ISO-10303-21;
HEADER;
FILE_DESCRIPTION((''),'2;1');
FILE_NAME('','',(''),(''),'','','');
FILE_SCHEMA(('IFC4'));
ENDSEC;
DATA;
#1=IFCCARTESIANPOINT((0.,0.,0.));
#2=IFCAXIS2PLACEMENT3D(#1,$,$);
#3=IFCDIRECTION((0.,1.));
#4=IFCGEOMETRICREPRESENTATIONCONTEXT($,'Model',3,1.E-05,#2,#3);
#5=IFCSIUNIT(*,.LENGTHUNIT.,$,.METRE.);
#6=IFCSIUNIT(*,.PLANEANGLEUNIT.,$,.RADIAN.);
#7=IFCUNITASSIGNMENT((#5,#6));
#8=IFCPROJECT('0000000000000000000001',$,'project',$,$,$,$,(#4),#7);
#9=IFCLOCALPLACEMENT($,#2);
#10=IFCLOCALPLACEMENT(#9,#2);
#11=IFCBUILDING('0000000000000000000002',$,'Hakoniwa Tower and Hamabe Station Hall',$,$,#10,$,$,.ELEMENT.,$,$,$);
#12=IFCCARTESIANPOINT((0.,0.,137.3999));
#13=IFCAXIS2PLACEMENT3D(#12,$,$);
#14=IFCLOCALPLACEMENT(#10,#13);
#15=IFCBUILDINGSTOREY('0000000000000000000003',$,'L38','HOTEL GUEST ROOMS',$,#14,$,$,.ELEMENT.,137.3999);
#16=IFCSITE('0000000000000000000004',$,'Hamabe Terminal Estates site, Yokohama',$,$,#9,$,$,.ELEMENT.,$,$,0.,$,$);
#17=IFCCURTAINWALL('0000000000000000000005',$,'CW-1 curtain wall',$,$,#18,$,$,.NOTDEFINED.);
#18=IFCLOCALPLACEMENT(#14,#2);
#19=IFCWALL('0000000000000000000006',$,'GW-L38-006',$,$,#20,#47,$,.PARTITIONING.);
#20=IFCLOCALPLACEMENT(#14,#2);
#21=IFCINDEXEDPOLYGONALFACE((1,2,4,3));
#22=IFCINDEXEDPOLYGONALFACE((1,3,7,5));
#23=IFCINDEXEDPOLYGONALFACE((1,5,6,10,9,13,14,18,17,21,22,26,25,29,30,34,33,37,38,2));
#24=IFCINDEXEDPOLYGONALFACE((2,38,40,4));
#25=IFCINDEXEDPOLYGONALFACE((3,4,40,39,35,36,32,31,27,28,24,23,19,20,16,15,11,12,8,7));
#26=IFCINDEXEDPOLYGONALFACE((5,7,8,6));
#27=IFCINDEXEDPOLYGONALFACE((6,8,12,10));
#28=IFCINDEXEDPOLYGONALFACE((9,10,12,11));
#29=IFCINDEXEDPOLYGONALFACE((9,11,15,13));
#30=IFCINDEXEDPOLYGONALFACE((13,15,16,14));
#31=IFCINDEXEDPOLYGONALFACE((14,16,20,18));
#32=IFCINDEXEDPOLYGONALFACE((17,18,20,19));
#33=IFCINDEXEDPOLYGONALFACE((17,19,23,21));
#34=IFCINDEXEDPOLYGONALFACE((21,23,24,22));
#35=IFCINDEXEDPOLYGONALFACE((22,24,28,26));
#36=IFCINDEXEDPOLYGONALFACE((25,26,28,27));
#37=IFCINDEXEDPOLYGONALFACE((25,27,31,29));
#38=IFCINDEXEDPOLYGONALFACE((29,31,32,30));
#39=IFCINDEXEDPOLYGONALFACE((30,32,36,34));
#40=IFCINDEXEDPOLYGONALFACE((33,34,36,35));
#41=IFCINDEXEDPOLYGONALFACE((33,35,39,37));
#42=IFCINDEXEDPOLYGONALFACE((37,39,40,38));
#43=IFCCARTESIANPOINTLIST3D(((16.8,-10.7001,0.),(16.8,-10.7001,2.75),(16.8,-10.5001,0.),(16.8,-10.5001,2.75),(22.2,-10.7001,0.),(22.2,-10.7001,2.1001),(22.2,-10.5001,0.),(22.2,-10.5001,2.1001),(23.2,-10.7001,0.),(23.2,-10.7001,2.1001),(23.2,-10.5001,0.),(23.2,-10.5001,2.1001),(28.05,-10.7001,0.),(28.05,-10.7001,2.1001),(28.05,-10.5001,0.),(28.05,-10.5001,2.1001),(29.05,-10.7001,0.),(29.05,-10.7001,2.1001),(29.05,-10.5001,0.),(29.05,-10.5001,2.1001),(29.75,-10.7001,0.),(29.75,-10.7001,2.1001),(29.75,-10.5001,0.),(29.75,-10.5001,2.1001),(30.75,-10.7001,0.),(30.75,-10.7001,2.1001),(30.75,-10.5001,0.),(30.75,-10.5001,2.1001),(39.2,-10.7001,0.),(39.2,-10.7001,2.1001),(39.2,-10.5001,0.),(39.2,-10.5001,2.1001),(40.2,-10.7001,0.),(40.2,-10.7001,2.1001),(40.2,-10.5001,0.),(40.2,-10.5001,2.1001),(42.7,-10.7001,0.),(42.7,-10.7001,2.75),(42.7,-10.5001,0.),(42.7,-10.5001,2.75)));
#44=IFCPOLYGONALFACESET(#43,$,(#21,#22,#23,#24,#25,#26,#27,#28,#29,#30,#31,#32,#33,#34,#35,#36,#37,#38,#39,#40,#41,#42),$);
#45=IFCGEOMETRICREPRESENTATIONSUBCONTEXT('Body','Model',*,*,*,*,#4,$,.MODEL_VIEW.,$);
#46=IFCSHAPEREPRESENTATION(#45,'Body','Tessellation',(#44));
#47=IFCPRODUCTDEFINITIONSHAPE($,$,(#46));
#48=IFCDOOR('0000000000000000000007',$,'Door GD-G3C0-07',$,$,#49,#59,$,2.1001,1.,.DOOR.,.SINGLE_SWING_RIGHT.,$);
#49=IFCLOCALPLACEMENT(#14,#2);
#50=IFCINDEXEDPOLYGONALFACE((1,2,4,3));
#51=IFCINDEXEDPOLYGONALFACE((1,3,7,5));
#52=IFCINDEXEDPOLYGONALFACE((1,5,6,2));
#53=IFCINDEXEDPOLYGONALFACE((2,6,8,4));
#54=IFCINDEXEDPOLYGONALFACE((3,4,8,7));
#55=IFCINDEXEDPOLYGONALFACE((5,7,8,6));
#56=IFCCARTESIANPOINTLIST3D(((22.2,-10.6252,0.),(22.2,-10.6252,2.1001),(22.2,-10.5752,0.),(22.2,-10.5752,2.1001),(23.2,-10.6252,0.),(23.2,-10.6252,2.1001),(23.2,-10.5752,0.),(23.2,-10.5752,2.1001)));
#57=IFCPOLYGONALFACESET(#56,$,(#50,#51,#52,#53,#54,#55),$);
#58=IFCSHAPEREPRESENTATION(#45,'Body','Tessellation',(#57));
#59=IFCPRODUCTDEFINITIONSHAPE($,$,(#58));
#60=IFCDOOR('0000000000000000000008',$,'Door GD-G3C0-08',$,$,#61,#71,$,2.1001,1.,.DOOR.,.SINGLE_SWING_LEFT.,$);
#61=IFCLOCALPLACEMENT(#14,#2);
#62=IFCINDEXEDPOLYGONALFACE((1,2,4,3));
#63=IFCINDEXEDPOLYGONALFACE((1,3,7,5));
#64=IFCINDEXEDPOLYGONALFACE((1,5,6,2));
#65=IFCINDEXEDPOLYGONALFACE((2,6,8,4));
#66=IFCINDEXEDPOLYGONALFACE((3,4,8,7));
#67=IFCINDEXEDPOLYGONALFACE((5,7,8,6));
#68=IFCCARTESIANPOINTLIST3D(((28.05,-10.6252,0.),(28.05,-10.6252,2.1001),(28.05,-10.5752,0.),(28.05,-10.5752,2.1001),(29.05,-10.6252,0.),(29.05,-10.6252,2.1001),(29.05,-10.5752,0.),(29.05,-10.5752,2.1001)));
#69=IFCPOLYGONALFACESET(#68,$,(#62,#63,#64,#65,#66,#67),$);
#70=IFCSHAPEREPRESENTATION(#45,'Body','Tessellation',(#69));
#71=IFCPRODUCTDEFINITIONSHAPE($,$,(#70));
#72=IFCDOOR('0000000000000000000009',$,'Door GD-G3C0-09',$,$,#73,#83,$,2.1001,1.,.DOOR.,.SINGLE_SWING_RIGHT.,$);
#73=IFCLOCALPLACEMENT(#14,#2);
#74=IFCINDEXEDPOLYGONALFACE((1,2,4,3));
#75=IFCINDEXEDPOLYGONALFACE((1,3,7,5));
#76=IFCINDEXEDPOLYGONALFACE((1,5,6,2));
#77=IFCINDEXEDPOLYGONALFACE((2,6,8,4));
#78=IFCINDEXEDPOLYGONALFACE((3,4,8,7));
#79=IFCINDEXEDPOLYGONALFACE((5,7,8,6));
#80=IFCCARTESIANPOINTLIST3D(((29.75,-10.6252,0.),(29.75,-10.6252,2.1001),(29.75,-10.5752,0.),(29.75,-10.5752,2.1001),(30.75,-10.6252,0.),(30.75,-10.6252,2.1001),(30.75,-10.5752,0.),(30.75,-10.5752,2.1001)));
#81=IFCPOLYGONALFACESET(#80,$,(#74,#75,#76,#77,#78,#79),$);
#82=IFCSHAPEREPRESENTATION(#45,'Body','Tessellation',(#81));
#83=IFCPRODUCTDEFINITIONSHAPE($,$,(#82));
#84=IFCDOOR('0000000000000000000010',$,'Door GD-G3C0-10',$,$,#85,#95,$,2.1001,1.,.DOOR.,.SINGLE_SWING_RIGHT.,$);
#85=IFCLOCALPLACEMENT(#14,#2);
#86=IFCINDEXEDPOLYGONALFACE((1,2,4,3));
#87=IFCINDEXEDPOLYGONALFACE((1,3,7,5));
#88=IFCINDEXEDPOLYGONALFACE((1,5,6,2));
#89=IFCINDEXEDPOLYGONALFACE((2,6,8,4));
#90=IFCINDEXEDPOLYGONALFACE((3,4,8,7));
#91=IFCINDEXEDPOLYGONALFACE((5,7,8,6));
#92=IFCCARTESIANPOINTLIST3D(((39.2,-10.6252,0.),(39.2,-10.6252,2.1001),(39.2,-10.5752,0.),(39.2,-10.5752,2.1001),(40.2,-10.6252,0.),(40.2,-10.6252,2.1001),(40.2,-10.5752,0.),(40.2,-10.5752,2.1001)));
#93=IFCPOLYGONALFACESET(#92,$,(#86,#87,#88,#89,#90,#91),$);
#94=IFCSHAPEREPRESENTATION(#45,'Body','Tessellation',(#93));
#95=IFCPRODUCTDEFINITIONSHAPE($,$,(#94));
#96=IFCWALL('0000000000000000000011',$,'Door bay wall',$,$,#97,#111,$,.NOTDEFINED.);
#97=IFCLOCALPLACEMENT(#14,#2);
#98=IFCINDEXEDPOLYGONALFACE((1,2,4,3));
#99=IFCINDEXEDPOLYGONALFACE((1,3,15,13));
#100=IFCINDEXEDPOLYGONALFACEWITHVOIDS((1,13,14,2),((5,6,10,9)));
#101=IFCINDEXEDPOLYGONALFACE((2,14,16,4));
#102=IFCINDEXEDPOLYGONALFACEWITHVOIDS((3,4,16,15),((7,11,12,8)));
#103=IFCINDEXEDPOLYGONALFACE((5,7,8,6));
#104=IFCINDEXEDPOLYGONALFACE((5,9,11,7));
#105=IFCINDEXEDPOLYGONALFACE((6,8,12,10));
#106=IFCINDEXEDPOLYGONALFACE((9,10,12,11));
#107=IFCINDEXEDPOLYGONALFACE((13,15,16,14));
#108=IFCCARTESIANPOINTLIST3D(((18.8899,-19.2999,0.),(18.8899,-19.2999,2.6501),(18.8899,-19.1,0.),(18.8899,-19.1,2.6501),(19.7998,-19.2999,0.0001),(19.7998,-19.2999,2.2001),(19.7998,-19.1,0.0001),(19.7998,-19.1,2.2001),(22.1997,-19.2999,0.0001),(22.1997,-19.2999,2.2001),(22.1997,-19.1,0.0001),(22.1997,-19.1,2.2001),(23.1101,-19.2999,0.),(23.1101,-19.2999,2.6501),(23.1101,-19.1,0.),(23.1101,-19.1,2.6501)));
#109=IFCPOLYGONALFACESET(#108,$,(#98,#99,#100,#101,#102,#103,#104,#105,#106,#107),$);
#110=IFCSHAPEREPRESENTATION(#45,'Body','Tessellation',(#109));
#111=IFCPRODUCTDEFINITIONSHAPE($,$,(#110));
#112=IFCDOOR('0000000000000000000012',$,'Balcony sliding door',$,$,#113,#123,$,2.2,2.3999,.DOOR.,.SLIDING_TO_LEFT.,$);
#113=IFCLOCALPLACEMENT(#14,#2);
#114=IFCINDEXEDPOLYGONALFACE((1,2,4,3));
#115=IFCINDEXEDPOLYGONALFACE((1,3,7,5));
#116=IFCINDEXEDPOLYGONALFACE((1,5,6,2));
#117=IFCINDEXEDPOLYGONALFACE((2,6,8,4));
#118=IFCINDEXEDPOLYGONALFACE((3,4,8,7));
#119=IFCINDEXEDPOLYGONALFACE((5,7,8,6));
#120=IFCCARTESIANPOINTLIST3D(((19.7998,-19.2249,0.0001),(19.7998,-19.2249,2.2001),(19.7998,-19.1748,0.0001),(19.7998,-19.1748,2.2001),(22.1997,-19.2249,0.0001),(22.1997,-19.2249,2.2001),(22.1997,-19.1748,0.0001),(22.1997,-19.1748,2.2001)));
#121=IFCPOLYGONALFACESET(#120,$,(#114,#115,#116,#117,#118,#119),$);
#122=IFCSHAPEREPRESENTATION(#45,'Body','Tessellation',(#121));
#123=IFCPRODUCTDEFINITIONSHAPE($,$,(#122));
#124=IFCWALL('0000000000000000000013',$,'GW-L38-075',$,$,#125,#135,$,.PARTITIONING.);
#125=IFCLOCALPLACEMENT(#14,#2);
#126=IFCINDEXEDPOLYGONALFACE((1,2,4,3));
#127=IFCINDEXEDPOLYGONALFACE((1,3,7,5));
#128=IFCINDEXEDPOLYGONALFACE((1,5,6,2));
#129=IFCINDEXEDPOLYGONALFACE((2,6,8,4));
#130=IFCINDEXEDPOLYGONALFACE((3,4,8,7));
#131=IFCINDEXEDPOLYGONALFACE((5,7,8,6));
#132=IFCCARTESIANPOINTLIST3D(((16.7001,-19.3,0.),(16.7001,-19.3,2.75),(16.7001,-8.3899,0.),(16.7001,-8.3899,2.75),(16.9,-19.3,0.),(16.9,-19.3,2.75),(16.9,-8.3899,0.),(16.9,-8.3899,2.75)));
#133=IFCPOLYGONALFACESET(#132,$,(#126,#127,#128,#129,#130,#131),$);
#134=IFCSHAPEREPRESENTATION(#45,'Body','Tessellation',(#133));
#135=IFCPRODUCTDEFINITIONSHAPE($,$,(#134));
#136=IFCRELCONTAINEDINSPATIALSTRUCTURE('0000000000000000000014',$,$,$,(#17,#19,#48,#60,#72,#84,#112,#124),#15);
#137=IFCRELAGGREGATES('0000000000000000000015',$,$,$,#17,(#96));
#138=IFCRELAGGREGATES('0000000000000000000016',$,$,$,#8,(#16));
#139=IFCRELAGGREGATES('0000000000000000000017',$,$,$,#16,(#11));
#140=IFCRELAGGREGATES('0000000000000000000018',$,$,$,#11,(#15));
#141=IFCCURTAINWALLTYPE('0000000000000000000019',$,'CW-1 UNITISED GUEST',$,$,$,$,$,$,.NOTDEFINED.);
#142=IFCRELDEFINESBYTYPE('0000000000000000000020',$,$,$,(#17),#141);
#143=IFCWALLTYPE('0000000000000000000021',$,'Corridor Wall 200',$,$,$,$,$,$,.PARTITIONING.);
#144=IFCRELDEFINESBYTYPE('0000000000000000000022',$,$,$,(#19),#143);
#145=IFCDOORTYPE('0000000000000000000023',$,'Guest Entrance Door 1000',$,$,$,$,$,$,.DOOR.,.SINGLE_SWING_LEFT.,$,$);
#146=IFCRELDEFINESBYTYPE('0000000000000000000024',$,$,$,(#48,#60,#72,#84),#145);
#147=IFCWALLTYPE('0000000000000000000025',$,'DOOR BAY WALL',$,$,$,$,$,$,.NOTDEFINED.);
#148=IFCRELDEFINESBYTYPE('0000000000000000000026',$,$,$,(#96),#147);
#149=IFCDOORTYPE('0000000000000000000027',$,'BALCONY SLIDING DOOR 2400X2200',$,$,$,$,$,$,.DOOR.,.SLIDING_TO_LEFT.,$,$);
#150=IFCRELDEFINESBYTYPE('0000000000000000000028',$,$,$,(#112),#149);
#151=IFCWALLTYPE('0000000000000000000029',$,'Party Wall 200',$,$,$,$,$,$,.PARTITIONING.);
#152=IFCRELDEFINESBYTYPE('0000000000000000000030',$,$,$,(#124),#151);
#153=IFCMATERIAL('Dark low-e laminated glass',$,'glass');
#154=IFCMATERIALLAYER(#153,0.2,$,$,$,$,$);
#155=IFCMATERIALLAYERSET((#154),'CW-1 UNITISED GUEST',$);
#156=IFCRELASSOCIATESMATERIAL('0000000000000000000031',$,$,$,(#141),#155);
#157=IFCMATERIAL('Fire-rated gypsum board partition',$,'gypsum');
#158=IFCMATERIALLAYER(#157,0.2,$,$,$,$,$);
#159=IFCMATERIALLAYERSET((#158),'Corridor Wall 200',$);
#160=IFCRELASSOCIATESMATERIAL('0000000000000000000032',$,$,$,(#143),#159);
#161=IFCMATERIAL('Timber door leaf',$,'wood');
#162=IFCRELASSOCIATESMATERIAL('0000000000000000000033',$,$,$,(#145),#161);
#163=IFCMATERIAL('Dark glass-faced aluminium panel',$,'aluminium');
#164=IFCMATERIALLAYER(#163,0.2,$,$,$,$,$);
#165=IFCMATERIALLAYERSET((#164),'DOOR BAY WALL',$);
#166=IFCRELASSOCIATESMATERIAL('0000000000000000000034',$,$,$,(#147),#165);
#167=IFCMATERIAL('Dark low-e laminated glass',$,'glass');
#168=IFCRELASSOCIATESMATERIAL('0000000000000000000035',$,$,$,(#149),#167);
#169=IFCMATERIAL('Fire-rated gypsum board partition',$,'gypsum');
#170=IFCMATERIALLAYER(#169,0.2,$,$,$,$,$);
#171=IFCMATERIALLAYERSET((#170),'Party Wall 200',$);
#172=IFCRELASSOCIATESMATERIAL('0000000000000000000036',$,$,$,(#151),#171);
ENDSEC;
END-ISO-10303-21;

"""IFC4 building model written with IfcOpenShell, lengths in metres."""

from ifc_helpers import new_model, si_unit, direction, frame, frame_2d, origin, place, context, subcontext, project, spatial, rectangle, extrude, material, layer, layer_set, type_object, element, fill, aggregate, save


model = new_model("IFC4")

# Units and contexts
model_context = context("Model", 3, precision=1e-05, world=origin(), true_north=direction((0.0, 1.0)))
body_context = subcontext(model_context, "Body", "Model", "MODEL_VIEW")
ifc_project = project(units=[si_unit("LENGTHUNIT", "METRE"), si_unit("PLANEANGLEUNIT", "RADIAN")], contexts=[model_context])

# Site, building, storey
site_placement = place(None, origin())
site = spatial("IfcSite", under=ifc_project, at=site_placement, Name="Hamabe Terminal Estates site, Yokohama", CompositionType="ELEMENT", RefElevation=0.0)
building_placement = place(site_placement, origin())
building = spatial("IfcBuilding", under=site, at=building_placement, Name="Hakoniwa Tower and Hamabe Station Hall", CompositionType="ELEMENT")
storey_placement = place(building_placement, frame((0.0, 0.0, 137.3999)))
storey = spatial("IfcBuildingStorey", under=building, at=storey_placement, Name="L38", Description="HOTEL GUEST ROOMS", CompositionType="ELEMENT", Elevation=137.3999)

# Curtain wall
ifc_material_1 = material(Name="Dark low-e laminated glass", Category="glass")
ifc_layer_1 = layer(ifc_material_1, 0.2)
ifc_layer_set_1 = layer_set([ifc_layer_1], Name="CW-1 UNITISED GUEST")
curtain_wall_type = type_object("IfcCurtainWallType", Name="CW-1 UNITISED GUEST", PredefinedType="NOTDEFINED", material=ifc_layer_set_1)
curtain_wall_placement = place(storey_placement, origin())
curtain_wall = element("IfcCurtainWall", 1, at=curtain_wall_placement, inside=storey, type_object=curtain_wall_type, Name="CW-1 curtain wall", PredefinedType="NOTDEFINED")

# Wall, openings, doors
ifc_material_2 = material(Name="Fire-rated gypsum board partition", Category="gypsum")
ifc_layer_2 = layer(ifc_material_2, 0.2)
ifc_layer_set_2 = layer_set([ifc_layer_2], Name="Corridor Wall 200")
wall_type_1 = type_object("IfcWallType", Name="Corridor Wall 200", PredefinedType="PARTITIONING", material=ifc_layer_set_2)
wall_1_placement = place(storey_placement, frame((16.8, -10.6001, 0.0), z_axis=(0.0, 0.0, 1.0), x_axis=(1.0, 0.0, 0.0)))
wall_1 = element("IfcWall", 2, at=wall_1_placement, inside=storey, type_object=wall_type_1, Name="GW-L38-006", PredefinedType="PARTITIONING", context=body_context, shape_type="SweptSolid", body=[
    extrude(rectangle(XDim=25.8999, YDim=0.2, at=frame_2d((12.95, 0.0))), origin(), (0.0, 0.0, 1.0), 2.75),
])
opening_1_placement = place(wall_1_placement, frame((5.3999, 0.0, 0.0)))
opening_1 = element("IfcOpeningElement", 3, at=opening_1_placement, cuts=wall_1, PredefinedType="OPENING", context=body_context, shape_type="SweptSolid", body=[
    extrude(rectangle(XDim=1.0, YDim=2.1001, at=frame_2d((0.5, 1.05))), frame((0.0, 0.1099, 0.0), z_axis=(0.0, -1.0, 0.0), x_axis=(1.0, 0.0, 0.0)), (0.0, 0.0, 1.0), 0.22),
])
opening_2_placement = place(wall_1_placement, frame((11.25, 0.0, 0.0)))
opening_2 = element("IfcOpeningElement", 4, at=opening_2_placement, cuts=wall_1, PredefinedType="OPENING", context=body_context, shape_type="SweptSolid", body=[
    extrude(rectangle(XDim=1.0, YDim=2.1001, at=frame_2d((0.5, 1.05))), frame((0.0, 0.1099, 0.0), z_axis=(0.0, -1.0, 0.0), x_axis=(1.0, 0.0, 0.0)), (0.0, 0.0, 1.0), 0.22),
])
opening_3_placement = place(wall_1_placement, frame((12.95, 0.0, 0.0)))
opening_3 = element("IfcOpeningElement", 5, at=opening_3_placement, cuts=wall_1, PredefinedType="OPENING", context=body_context, shape_type="SweptSolid", body=[
    extrude(rectangle(XDim=1.0, YDim=2.1001, at=frame_2d((0.5, 1.05))), frame((0.0, 0.1099, 0.0), z_axis=(0.0, -1.0, 0.0), x_axis=(1.0, 0.0, 0.0)), (0.0, 0.0, 1.0), 0.22),
])
opening_4_placement = place(wall_1_placement, frame((22.3999, 0.0, 0.0)))
opening_4 = element("IfcOpeningElement", 6, at=opening_4_placement, cuts=wall_1, PredefinedType="OPENING", context=body_context, shape_type="SweptSolid", body=[
    extrude(rectangle(XDim=1.0, YDim=2.1001, at=frame_2d((0.5, 1.05))), frame((0.0, 0.1099, 0.0), z_axis=(0.0, -1.0, 0.0), x_axis=(1.0, 0.0, 0.0)), (0.0, 0.0, 1.0), 0.22),
])
ifc_material_3 = material(Name="Timber door leaf", Category="wood")
door_type_1 = type_object("IfcDoorType", Name="Guest Entrance Door 1000", OperationType="SINGLE_SWING_LEFT", PredefinedType="DOOR", material=ifc_material_3)
door_1_placement = place(opening_1_placement, origin())
door_1 = element("IfcDoor", 7, at=door_1_placement, inside=storey, type_object=door_type_1, Name="Door GD-G3C0-07", OperationType="SINGLE_SWING_RIGHT", OverallHeight=2.1001, OverallWidth=1.0, PredefinedType="DOOR", context=body_context, shape_type="SweptSolid", body=[
    extrude(rectangle(XDim=1.0, YDim=2.1001, at=frame_2d((0.5, 1.05))), frame((0.0, 0.0249, 0.0), z_axis=(0.0, -1.0, 0.0), x_axis=(1.0, 0.0, 0.0)), (0.0, 0.0, 1.0), 0.05),
])
fill(opening_1, door_1)
door_2_placement = place(opening_2_placement, origin())
door_2 = element("IfcDoor", 8, at=door_2_placement, inside=storey, type_object=door_type_1, Name="Door GD-G3C0-08", OperationType="SINGLE_SWING_LEFT", OverallHeight=2.1001, OverallWidth=1.0, PredefinedType="DOOR", context=body_context, shape_type="SweptSolid", body=[
    extrude(rectangle(XDim=1.0, YDim=2.1001, at=frame_2d((0.5, 1.05))), frame((0.0, 0.0249, 0.0), z_axis=(0.0, -1.0, 0.0), x_axis=(1.0, 0.0, 0.0)), (0.0, 0.0, 1.0), 0.05),
])
fill(opening_2, door_2)
door_3_placement = place(opening_3_placement, origin())
door_3 = element("IfcDoor", 9, at=door_3_placement, inside=storey, type_object=door_type_1, Name="Door GD-G3C0-09", OperationType="SINGLE_SWING_RIGHT", OverallHeight=2.1001, OverallWidth=1.0, PredefinedType="DOOR", context=body_context, shape_type="SweptSolid", body=[
    extrude(rectangle(XDim=1.0, YDim=2.1001, at=frame_2d((0.5, 1.05))), frame((0.0, 0.0249, 0.0), z_axis=(0.0, -1.0, 0.0), x_axis=(1.0, 0.0, 0.0)), (0.0, 0.0, 1.0), 0.05),
])
fill(opening_3, door_3)
door_4_placement = place(opening_4_placement, origin())
door_4 = element("IfcDoor", 10, at=door_4_placement, inside=storey, type_object=door_type_1, Name="Door GD-G3C0-10", OperationType="SINGLE_SWING_RIGHT", OverallHeight=2.1001, OverallWidth=1.0, PredefinedType="DOOR", context=body_context, shape_type="SweptSolid", body=[
    extrude(rectangle(XDim=1.0, YDim=2.1001, at=frame_2d((0.5, 1.05))), frame((0.0, 0.0249, 0.0), z_axis=(0.0, -1.0, 0.0), x_axis=(1.0, 0.0, 0.0)), (0.0, 0.0, 1.0), 0.05),
])
fill(opening_4, door_4)

# Wall, opening, door
ifc_material_4 = material(Name="Dark glass-faced aluminium panel", Category="aluminium")
ifc_layer_3 = layer(ifc_material_4, 0.2)
ifc_layer_set_3 = layer_set([ifc_layer_3], Name="DOOR BAY WALL")
wall_type_2 = type_object("IfcWallType", Name="DOOR BAY WALL", PredefinedType="NOTDEFINED", material=ifc_layer_set_3)
wall_2_placement = place(storey_placement, frame((18.8899, -19.2, 0.0), z_axis=(0.0, 0.0, 1.0), x_axis=(1.0, 0.0, 0.0)))
wall_2 = element("IfcWall", 11, at=wall_2_placement, type_object=wall_type_2, Name="Door bay wall", PredefinedType="NOTDEFINED", context=body_context, shape_type="SweptSolid", body=[
    extrude(rectangle(XDim=4.2202, YDim=0.2, at=frame_2d((2.1101, 0.0))), origin(), (0.0, 0.0, 1.0), 2.6501),
])
opening_5_placement = place(wall_2_placement, frame((0.9099, 0.0, 0.0)))
opening_5 = element("IfcOpeningElement", 12, at=opening_5_placement, cuts=wall_2, PredefinedType="OPENING", context=body_context, shape_type="SweptSolid", body=[
    extrude(rectangle(XDim=2.3999, YDim=2.2, at=frame_2d((1.2, 1.1001))), frame((0.0, 0.1099, 0.0), z_axis=(0.0, -1.0, 0.0), x_axis=(1.0, 0.0, 0.0)), (0.0, 0.0, 1.0), 0.22),
])
ifc_material_5 = material(Name="Dark low-e laminated glass", Category="glass")
door_type_2 = type_object("IfcDoorType", Name="BALCONY SLIDING DOOR 2400X2200", OperationType="SLIDING_TO_LEFT", PredefinedType="DOOR", material=ifc_material_5)
door_5_placement = place(opening_5_placement, frame((2.3999, 0.0, 0.0), z_axis=(0.0, 0.0, 1.0), x_axis=(-1.0, 0.0, 0.0)))
door_5 = element("IfcDoor", 13, at=door_5_placement, inside=storey, type_object=door_type_2, Name="Balcony sliding door", OperationType="SLIDING_TO_LEFT", OverallHeight=2.2, OverallWidth=2.3999, PredefinedType="DOOR", context=body_context, shape_type="SweptSolid", body=[
    extrude(rectangle(XDim=2.3999, YDim=2.2, at=frame_2d((1.2, 1.1001))), frame((0.0, 0.0249, 0.0), z_axis=(0.0, -1.0, 0.0), x_axis=(1.0, 0.0, 0.0)), (0.0, 0.0, 1.0), 0.05),
])
fill(opening_5, door_5)
aggregate(curtain_wall, [wall_2])

# Wall
ifc_material_6 = material(Name="Fire-rated gypsum board partition", Category="gypsum")
ifc_layer_4 = layer(ifc_material_6, 0.2)
ifc_layer_set_4 = layer_set([ifc_layer_4], Name="Party Wall 200")
wall_type_3 = type_object("IfcWallType", Name="Party Wall 200", PredefinedType="PARTITIONING", material=ifc_layer_set_4)
wall_3_placement = place(storey_placement, frame((16.8, -19.3, 0.0), z_axis=(0.0, 0.0, 1.0), x_axis=(0.0, 1.0, 0.0)))
element("IfcWall", 14, at=wall_3_placement, inside=storey, type_object=wall_type_3, Name="GW-L38-075", PredefinedType="PARTITIONING", context=body_context, shape_type="SweptSolid", body=[
    extrude(rectangle(XDim=10.9102, YDim=0.2, at=frame_2d((5.4551, 0.0))), origin(), (0.0, 0.0, 1.0), 2.75),
])

save(model, "model.ifc")
